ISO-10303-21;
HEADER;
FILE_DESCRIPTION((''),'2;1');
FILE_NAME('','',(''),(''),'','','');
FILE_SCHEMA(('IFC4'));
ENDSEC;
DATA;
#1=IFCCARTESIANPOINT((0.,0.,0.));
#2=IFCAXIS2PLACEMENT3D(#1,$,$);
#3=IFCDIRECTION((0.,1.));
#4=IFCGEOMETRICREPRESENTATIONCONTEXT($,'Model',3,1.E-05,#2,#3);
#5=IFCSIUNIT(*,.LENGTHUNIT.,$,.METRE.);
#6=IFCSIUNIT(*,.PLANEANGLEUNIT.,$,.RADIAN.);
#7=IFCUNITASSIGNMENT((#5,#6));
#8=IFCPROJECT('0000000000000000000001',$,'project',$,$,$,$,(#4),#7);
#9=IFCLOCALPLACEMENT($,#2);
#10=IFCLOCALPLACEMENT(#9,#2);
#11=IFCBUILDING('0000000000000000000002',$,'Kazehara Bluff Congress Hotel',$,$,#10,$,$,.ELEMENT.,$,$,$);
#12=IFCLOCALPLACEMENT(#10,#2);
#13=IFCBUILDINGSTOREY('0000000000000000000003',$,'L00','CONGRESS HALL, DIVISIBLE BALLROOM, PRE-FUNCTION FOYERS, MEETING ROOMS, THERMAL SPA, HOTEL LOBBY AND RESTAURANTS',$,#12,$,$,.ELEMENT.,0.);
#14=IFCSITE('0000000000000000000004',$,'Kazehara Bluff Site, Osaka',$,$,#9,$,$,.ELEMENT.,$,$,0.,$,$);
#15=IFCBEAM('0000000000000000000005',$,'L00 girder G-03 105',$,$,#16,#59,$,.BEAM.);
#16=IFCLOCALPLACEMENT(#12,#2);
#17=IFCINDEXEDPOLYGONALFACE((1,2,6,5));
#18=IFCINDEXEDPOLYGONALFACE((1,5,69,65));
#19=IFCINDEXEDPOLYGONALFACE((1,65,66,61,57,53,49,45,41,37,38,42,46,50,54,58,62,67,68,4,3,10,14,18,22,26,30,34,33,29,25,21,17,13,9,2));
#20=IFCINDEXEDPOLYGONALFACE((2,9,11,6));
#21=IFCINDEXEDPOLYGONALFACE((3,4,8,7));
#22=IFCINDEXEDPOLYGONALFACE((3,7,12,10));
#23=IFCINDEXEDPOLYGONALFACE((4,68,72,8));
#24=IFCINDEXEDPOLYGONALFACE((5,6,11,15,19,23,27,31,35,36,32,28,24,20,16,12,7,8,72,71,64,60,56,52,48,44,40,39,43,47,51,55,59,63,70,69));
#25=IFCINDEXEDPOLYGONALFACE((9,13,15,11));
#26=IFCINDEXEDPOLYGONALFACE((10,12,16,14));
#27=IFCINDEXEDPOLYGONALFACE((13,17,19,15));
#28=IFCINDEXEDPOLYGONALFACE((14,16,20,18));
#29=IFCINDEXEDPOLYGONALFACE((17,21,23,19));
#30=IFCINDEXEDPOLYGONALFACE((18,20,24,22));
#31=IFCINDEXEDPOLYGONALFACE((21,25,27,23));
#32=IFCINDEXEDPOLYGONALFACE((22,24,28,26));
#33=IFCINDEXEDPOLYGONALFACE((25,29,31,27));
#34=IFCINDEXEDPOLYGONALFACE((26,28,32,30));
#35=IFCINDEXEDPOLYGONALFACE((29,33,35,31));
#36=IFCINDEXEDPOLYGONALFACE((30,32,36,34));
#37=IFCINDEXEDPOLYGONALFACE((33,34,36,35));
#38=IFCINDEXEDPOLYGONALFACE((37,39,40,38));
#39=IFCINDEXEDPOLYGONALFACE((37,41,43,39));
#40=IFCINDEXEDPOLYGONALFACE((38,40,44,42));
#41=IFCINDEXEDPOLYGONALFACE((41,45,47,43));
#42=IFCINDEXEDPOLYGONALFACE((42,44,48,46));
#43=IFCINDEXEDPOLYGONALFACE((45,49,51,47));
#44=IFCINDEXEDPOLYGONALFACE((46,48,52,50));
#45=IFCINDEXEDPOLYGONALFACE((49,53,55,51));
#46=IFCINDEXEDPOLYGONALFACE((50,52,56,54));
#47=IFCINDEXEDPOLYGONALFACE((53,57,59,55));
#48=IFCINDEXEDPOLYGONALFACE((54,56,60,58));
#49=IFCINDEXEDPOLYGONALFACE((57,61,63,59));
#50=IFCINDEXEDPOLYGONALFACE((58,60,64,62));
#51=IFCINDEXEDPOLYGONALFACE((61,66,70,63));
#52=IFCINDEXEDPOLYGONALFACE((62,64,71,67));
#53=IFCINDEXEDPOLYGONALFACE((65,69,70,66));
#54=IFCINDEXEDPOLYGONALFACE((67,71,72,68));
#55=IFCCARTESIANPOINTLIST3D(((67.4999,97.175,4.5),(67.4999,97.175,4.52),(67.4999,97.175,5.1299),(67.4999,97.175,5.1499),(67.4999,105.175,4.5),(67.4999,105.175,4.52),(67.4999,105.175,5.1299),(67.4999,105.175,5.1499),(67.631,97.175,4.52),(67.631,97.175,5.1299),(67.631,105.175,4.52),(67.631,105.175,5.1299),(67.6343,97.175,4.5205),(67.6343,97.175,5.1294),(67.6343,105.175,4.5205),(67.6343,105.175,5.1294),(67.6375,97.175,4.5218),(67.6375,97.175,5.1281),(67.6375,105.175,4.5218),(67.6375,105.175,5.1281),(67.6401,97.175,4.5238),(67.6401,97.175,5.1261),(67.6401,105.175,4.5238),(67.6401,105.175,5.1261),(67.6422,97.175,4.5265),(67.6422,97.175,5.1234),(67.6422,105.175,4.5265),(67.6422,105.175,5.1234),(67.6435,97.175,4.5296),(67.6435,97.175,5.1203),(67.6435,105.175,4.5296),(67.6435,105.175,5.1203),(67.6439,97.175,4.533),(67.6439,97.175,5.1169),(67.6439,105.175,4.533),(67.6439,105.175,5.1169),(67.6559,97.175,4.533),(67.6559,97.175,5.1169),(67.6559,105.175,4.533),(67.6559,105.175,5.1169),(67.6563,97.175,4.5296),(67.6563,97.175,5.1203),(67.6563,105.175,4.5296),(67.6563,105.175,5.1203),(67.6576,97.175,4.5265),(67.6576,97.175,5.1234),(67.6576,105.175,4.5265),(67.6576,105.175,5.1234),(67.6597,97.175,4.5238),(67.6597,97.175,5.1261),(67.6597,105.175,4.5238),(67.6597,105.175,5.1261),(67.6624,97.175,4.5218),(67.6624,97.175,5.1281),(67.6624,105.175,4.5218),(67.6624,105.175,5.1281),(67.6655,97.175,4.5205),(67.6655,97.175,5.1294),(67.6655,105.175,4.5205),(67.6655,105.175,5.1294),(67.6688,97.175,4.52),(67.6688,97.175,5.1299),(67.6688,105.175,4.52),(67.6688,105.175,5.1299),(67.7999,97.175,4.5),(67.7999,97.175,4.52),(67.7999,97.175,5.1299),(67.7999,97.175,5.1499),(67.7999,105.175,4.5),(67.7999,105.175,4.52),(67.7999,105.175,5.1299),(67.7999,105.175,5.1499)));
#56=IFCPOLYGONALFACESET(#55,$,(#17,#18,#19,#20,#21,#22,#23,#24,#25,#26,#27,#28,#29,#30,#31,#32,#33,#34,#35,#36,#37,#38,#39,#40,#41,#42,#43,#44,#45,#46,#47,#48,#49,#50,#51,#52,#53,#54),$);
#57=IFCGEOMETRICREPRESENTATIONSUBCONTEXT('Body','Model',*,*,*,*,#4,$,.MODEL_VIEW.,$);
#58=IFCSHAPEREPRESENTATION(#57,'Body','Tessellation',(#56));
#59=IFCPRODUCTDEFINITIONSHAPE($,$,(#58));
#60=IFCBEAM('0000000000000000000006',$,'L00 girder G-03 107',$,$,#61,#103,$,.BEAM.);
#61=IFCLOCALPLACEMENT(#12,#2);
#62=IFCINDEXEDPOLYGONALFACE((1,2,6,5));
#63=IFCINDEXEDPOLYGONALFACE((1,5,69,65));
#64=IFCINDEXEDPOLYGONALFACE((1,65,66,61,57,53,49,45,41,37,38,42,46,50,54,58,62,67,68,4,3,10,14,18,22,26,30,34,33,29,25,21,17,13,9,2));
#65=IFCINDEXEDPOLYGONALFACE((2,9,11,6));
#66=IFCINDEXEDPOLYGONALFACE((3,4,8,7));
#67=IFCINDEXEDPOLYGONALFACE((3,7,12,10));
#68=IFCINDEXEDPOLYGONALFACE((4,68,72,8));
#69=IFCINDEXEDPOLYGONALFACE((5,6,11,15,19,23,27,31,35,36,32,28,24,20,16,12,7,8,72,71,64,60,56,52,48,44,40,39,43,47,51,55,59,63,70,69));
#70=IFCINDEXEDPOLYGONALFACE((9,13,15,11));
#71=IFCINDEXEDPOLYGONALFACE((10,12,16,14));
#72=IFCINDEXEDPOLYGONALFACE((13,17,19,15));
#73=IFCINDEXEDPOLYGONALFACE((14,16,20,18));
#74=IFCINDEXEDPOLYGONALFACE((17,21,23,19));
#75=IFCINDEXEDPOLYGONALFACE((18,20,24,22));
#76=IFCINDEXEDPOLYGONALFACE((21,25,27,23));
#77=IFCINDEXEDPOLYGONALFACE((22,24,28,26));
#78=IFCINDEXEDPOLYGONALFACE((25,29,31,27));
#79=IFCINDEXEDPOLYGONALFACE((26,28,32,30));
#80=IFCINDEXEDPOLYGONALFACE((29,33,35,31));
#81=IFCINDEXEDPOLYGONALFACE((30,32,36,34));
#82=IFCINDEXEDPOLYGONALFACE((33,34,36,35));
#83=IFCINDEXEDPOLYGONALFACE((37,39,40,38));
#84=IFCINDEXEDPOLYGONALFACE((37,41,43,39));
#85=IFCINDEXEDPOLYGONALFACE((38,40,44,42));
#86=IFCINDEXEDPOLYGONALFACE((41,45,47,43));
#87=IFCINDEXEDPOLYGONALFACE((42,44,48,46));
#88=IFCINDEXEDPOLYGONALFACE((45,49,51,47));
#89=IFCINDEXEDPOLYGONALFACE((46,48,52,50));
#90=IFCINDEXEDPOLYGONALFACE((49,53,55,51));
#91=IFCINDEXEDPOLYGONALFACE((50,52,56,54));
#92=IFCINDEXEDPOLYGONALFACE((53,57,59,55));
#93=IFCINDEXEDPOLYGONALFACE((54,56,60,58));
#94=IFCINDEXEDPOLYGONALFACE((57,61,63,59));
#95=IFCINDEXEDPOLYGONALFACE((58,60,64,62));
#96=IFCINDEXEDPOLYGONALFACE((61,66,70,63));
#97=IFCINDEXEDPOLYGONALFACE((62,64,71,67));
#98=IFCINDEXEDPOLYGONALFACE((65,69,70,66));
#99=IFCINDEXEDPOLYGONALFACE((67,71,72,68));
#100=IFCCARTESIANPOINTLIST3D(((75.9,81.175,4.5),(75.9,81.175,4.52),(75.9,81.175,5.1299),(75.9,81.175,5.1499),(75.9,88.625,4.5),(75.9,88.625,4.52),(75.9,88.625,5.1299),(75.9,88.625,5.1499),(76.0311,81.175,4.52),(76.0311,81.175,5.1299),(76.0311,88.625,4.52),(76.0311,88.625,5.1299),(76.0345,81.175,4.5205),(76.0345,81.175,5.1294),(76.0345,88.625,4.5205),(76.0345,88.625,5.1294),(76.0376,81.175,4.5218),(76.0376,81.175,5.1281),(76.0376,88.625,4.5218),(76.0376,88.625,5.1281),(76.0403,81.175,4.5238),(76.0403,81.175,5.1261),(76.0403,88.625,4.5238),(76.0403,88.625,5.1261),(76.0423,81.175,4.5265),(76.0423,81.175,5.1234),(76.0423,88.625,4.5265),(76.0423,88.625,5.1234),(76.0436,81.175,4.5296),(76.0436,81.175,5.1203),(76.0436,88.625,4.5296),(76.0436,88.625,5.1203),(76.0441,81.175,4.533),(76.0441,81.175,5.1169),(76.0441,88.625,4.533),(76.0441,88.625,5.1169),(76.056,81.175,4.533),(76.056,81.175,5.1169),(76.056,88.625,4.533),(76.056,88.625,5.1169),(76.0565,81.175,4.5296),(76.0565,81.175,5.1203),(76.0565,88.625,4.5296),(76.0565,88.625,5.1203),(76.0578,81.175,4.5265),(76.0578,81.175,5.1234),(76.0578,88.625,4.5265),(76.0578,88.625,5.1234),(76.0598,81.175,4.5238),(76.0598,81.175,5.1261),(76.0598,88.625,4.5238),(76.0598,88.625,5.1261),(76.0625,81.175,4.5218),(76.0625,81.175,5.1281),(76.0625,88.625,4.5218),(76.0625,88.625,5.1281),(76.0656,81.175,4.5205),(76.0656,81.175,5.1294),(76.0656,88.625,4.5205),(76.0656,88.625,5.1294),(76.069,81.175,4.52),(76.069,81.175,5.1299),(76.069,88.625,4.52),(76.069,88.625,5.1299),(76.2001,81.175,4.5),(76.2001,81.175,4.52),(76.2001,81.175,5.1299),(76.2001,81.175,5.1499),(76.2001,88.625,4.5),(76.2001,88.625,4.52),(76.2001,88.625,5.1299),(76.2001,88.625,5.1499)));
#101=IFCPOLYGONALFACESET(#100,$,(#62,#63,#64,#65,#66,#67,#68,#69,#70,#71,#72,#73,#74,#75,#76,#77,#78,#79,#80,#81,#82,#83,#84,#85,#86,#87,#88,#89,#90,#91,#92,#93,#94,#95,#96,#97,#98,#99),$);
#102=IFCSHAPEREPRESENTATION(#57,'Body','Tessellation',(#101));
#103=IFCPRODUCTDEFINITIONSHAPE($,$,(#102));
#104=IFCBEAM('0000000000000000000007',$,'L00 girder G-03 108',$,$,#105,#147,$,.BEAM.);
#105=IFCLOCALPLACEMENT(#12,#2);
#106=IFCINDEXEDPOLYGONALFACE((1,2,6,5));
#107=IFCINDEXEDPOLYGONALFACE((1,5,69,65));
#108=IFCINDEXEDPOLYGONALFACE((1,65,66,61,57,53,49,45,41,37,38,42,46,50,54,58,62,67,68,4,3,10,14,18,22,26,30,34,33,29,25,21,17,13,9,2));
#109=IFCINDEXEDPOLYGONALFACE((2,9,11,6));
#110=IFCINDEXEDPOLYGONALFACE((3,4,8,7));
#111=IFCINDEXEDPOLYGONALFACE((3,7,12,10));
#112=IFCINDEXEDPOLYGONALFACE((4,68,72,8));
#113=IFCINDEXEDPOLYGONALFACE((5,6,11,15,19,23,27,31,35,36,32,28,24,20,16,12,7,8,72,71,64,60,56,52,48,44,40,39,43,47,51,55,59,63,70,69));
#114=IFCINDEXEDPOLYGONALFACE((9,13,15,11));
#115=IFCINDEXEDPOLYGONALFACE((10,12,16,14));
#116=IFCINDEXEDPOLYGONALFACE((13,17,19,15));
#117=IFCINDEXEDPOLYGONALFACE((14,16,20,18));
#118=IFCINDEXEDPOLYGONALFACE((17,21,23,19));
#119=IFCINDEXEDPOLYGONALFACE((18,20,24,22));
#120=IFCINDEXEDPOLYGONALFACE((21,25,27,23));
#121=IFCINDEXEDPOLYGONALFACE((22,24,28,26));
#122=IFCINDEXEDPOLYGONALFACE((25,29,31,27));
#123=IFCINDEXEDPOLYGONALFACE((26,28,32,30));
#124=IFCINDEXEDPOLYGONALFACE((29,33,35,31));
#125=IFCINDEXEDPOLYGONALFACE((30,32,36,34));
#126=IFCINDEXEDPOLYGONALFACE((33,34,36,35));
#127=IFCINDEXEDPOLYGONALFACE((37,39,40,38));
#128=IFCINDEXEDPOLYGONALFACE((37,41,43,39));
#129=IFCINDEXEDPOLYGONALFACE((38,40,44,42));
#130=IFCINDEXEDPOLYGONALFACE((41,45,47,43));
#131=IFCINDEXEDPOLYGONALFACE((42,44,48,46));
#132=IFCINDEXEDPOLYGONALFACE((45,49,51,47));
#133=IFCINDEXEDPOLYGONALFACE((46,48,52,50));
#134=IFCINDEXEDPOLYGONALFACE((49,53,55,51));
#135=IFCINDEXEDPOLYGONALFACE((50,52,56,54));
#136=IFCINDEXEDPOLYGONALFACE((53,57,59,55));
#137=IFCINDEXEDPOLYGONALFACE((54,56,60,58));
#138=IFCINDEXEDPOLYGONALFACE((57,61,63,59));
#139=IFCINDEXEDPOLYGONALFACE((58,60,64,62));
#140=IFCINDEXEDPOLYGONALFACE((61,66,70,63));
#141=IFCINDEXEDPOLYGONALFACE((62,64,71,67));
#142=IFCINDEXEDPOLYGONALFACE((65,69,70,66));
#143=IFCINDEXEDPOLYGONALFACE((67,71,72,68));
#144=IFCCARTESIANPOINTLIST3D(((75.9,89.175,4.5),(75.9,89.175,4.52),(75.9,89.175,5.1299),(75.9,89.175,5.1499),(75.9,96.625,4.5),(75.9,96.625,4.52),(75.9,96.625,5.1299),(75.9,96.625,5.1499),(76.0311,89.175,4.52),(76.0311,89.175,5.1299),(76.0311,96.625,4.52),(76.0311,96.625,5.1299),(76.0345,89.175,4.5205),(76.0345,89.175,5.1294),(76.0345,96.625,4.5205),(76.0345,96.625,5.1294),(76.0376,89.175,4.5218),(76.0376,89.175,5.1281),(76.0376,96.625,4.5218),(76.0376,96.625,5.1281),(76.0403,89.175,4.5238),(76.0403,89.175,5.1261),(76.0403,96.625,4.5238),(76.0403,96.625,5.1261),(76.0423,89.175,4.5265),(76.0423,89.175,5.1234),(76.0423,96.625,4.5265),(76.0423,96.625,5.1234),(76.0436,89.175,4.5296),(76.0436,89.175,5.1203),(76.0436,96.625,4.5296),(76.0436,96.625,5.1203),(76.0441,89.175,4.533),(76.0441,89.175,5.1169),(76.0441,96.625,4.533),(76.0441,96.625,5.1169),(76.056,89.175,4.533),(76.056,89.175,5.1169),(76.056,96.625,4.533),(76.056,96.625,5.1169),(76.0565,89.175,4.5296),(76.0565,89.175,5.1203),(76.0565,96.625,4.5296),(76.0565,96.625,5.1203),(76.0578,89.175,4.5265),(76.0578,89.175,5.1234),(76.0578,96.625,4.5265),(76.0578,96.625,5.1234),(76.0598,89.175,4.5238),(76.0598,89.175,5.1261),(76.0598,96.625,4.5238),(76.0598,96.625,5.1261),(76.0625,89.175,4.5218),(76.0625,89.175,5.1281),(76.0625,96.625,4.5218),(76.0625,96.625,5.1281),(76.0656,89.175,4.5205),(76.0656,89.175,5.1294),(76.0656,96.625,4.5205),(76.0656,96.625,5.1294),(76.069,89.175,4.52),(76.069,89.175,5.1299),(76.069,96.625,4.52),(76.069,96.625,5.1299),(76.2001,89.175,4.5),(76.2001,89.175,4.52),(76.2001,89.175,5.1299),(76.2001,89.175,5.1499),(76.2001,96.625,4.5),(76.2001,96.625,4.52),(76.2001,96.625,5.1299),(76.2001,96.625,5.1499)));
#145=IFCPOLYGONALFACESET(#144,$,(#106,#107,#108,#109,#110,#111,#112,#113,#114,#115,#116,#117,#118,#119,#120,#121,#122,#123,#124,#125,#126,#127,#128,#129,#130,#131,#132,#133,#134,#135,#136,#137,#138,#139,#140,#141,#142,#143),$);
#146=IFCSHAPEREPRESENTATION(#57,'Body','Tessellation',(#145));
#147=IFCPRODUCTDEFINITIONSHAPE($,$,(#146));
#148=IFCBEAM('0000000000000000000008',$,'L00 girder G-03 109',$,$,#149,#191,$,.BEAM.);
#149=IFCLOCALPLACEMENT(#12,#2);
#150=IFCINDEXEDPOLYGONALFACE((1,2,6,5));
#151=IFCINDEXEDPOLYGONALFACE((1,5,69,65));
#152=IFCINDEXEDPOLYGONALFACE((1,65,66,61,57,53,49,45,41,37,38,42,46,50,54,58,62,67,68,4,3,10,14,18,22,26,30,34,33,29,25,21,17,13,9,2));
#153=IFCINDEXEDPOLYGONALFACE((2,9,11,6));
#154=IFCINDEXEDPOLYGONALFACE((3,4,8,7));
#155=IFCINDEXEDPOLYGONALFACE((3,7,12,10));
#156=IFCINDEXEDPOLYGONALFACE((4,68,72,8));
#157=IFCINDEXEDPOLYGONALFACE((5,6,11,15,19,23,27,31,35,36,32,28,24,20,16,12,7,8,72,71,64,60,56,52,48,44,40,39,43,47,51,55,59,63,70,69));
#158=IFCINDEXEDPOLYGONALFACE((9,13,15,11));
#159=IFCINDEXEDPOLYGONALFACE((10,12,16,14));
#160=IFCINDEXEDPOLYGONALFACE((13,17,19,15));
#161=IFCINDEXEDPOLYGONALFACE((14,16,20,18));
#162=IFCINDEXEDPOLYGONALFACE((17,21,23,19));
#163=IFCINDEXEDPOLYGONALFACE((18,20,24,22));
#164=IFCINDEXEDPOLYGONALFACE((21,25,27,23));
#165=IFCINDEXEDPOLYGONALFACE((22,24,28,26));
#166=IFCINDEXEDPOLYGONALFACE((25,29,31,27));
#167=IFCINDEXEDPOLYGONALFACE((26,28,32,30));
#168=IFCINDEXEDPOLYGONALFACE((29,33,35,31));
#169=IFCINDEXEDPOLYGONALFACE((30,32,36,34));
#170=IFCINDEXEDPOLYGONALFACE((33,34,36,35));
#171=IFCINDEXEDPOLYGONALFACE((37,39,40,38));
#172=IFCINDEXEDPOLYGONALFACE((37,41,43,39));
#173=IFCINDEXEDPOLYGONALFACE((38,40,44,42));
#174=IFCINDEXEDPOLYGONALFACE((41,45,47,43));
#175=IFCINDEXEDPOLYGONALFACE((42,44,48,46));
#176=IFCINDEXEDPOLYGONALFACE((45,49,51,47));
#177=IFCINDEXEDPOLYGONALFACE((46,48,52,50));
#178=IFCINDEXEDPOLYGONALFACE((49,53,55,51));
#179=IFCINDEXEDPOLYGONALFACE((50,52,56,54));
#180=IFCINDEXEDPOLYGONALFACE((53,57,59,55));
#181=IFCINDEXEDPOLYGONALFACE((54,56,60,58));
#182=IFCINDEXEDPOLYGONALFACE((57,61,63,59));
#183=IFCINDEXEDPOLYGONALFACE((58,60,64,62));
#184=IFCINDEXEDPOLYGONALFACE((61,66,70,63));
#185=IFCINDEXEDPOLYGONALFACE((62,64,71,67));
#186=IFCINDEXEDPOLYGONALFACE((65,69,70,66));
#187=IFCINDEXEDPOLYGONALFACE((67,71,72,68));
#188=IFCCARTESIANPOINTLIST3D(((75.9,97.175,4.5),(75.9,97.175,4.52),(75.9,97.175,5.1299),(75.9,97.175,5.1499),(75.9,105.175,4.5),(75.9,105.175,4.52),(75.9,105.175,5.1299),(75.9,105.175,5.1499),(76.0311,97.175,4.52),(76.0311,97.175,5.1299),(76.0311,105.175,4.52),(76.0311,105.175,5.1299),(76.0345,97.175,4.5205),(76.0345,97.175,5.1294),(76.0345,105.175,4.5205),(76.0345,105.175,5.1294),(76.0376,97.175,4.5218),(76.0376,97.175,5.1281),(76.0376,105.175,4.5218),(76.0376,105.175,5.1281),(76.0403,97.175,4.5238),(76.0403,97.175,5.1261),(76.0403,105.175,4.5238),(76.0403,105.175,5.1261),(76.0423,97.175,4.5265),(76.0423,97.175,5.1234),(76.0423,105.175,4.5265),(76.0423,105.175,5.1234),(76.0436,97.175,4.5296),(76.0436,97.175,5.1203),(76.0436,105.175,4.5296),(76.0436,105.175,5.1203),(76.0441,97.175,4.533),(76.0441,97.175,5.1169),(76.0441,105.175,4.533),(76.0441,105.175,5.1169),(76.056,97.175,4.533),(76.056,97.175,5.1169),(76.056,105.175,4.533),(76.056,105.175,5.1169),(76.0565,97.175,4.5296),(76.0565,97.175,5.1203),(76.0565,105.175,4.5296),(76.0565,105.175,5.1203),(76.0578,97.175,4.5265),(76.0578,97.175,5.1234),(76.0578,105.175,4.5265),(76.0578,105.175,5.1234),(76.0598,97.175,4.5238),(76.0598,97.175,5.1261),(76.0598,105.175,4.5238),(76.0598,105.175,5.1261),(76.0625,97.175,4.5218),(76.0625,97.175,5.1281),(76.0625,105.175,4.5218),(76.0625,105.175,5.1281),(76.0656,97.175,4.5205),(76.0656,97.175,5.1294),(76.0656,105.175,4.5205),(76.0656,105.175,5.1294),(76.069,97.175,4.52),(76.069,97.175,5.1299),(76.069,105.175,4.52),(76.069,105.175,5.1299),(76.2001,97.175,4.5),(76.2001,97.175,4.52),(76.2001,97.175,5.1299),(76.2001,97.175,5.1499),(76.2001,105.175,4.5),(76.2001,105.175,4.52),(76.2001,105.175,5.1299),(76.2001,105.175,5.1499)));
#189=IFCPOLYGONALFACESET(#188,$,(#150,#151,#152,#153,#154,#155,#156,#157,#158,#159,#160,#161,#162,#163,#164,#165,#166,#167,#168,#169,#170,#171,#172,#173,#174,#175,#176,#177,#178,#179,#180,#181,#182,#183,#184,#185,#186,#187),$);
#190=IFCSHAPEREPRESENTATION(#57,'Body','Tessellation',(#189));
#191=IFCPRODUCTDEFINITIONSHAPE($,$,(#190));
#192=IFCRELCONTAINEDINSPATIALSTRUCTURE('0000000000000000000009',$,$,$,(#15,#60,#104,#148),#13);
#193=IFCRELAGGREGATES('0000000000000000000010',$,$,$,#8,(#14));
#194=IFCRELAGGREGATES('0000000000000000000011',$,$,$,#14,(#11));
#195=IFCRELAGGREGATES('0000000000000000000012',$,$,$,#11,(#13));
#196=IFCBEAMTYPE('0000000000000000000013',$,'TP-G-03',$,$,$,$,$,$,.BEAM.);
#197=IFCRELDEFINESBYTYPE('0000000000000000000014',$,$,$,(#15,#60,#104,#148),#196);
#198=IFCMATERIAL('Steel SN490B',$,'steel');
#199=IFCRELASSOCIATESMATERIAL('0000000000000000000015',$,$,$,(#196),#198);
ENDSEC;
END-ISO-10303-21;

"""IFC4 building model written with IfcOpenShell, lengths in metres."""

from ifc_helpers import new_model, si_unit, direction, frame, origin, origin_2d, place, context, subcontext, project, spatial, i_section, extrude, material, material_profile, profile_set, type_object, element, save


model = new_model("IFC4")

# Units and contexts
model_context = context("Model", 3, precision=1e-05, world=origin(), true_north=direction((0.0, 1.0)))
body_context = subcontext(model_context, "Body", "Model", "MODEL_VIEW")
ifc_project = project(units=[si_unit("LENGTHUNIT", "METRE"), si_unit("PLANEANGLEUNIT", "RADIAN")], contexts=[model_context])

# Site, building, storey
site_placement = place(None, origin())
site = spatial("IfcSite", under=ifc_project, at=site_placement, Name="Kazehara Bluff Site, Osaka", CompositionType="ELEMENT", RefElevation=0.0)
building_placement = place(site_placement, origin())
building = spatial("IfcBuilding", under=site, at=building_placement, Name="Kazehara Bluff Congress Hotel", CompositionType="ELEMENT")
storey_placement = place(building_placement, origin())
storey = spatial("IfcBuildingStorey", under=building, at=storey_placement, Name="L00", Description="CONGRESS HALL, DIVISIBLE BALLROOM, PRE-FUNCTION FOYERS, MEETING ROOMS, THERMAL SPA, HOTEL LOBBY AND RESTAURANTS", CompositionType="ELEMENT", Elevation=0.0)

# Beams
ifc_material_1 = material(Name="Steel SN490B", Category="steel")
ifc_material_profile_1 = material_profile(ifc_material_1, i_section(OverallWidth=0.3, OverallDepth=0.6499, WebThickness=0.012, FlangeThickness=0.02, FilletRadius=0.0129, at=origin_2d()))
ifc_profile_set_1 = profile_set([ifc_material_profile_1], Name="Steel SN490B")
beam_type_1 = type_object("IfcBeamType", Name="TP-G-03", PredefinedType="BEAM", material=ifc_profile_set_1)
beam_1_placement = place(storey_placement, frame((67.6499, 97.175, 4.825), z_axis=(0.0, 1.0, 0.0), x_axis=(-1.0, 0.0, 0.0)))
element("IfcBeam", 1, at=beam_1_placement, inside=storey, type_object=beam_type_1, Name="L00 girder G-03 105", PredefinedType="BEAM", context=body_context, shape_type="SweptSolid", body=[
    extrude(i_section(OverallWidth=0.3, OverallDepth=0.6499, WebThickness=0.012, FlangeThickness=0.02, FilletRadius=0.0129, at=origin_2d()), origin(), (0.0, 0.0, 1.0), 8.0),
])
for number, where, z_axis, x_axis, name in (
    (2, (76.05, 81.175, 4.825), (0.0, 1.0, 0.0), (-1.0, 0.0, 0.0), "L00 girder G-03 107"),
    (3, (76.05, 89.175, 4.825), (0.0, 1.0, 0.0), (-1.0, 0.0, 0.0), "L00 girder G-03 108"),
):
    element("IfcBeam", number, at=place(storey_placement, frame(where, z_axis=z_axis, x_axis=x_axis)), inside=storey, type_object=beam_type_1, Name=name, PredefinedType="BEAM", context=body_context, shape_type="SweptSolid", body=[
        extrude(i_section(OverallWidth=0.3, OverallDepth=0.6499, WebThickness=0.012, FlangeThickness=0.02, FilletRadius=0.0129, at=origin_2d()), origin(), (0.0, 0.0, 1.0), 7.45),
    ])
beam_2_placement = place(storey_placement, frame((76.05, 97.175, 4.825), z_axis=(0.0, 1.0, 0.0), x_axis=(-1.0, 0.0, 0.0)))
element("IfcBeam", 4, at=beam_2_placement, inside=storey, type_object=beam_type_1, Name="L00 girder G-03 109", PredefinedType="BEAM", context=body_context, shape_type="SweptSolid", body=[
    extrude(i_section(OverallWidth=0.3, OverallDepth=0.6499, WebThickness=0.012, FlangeThickness=0.02, FilletRadius=0.0129, at=origin_2d()), origin(), (0.0, 0.0, 1.0), 8.0),
])

save(model, "model.ifc")
